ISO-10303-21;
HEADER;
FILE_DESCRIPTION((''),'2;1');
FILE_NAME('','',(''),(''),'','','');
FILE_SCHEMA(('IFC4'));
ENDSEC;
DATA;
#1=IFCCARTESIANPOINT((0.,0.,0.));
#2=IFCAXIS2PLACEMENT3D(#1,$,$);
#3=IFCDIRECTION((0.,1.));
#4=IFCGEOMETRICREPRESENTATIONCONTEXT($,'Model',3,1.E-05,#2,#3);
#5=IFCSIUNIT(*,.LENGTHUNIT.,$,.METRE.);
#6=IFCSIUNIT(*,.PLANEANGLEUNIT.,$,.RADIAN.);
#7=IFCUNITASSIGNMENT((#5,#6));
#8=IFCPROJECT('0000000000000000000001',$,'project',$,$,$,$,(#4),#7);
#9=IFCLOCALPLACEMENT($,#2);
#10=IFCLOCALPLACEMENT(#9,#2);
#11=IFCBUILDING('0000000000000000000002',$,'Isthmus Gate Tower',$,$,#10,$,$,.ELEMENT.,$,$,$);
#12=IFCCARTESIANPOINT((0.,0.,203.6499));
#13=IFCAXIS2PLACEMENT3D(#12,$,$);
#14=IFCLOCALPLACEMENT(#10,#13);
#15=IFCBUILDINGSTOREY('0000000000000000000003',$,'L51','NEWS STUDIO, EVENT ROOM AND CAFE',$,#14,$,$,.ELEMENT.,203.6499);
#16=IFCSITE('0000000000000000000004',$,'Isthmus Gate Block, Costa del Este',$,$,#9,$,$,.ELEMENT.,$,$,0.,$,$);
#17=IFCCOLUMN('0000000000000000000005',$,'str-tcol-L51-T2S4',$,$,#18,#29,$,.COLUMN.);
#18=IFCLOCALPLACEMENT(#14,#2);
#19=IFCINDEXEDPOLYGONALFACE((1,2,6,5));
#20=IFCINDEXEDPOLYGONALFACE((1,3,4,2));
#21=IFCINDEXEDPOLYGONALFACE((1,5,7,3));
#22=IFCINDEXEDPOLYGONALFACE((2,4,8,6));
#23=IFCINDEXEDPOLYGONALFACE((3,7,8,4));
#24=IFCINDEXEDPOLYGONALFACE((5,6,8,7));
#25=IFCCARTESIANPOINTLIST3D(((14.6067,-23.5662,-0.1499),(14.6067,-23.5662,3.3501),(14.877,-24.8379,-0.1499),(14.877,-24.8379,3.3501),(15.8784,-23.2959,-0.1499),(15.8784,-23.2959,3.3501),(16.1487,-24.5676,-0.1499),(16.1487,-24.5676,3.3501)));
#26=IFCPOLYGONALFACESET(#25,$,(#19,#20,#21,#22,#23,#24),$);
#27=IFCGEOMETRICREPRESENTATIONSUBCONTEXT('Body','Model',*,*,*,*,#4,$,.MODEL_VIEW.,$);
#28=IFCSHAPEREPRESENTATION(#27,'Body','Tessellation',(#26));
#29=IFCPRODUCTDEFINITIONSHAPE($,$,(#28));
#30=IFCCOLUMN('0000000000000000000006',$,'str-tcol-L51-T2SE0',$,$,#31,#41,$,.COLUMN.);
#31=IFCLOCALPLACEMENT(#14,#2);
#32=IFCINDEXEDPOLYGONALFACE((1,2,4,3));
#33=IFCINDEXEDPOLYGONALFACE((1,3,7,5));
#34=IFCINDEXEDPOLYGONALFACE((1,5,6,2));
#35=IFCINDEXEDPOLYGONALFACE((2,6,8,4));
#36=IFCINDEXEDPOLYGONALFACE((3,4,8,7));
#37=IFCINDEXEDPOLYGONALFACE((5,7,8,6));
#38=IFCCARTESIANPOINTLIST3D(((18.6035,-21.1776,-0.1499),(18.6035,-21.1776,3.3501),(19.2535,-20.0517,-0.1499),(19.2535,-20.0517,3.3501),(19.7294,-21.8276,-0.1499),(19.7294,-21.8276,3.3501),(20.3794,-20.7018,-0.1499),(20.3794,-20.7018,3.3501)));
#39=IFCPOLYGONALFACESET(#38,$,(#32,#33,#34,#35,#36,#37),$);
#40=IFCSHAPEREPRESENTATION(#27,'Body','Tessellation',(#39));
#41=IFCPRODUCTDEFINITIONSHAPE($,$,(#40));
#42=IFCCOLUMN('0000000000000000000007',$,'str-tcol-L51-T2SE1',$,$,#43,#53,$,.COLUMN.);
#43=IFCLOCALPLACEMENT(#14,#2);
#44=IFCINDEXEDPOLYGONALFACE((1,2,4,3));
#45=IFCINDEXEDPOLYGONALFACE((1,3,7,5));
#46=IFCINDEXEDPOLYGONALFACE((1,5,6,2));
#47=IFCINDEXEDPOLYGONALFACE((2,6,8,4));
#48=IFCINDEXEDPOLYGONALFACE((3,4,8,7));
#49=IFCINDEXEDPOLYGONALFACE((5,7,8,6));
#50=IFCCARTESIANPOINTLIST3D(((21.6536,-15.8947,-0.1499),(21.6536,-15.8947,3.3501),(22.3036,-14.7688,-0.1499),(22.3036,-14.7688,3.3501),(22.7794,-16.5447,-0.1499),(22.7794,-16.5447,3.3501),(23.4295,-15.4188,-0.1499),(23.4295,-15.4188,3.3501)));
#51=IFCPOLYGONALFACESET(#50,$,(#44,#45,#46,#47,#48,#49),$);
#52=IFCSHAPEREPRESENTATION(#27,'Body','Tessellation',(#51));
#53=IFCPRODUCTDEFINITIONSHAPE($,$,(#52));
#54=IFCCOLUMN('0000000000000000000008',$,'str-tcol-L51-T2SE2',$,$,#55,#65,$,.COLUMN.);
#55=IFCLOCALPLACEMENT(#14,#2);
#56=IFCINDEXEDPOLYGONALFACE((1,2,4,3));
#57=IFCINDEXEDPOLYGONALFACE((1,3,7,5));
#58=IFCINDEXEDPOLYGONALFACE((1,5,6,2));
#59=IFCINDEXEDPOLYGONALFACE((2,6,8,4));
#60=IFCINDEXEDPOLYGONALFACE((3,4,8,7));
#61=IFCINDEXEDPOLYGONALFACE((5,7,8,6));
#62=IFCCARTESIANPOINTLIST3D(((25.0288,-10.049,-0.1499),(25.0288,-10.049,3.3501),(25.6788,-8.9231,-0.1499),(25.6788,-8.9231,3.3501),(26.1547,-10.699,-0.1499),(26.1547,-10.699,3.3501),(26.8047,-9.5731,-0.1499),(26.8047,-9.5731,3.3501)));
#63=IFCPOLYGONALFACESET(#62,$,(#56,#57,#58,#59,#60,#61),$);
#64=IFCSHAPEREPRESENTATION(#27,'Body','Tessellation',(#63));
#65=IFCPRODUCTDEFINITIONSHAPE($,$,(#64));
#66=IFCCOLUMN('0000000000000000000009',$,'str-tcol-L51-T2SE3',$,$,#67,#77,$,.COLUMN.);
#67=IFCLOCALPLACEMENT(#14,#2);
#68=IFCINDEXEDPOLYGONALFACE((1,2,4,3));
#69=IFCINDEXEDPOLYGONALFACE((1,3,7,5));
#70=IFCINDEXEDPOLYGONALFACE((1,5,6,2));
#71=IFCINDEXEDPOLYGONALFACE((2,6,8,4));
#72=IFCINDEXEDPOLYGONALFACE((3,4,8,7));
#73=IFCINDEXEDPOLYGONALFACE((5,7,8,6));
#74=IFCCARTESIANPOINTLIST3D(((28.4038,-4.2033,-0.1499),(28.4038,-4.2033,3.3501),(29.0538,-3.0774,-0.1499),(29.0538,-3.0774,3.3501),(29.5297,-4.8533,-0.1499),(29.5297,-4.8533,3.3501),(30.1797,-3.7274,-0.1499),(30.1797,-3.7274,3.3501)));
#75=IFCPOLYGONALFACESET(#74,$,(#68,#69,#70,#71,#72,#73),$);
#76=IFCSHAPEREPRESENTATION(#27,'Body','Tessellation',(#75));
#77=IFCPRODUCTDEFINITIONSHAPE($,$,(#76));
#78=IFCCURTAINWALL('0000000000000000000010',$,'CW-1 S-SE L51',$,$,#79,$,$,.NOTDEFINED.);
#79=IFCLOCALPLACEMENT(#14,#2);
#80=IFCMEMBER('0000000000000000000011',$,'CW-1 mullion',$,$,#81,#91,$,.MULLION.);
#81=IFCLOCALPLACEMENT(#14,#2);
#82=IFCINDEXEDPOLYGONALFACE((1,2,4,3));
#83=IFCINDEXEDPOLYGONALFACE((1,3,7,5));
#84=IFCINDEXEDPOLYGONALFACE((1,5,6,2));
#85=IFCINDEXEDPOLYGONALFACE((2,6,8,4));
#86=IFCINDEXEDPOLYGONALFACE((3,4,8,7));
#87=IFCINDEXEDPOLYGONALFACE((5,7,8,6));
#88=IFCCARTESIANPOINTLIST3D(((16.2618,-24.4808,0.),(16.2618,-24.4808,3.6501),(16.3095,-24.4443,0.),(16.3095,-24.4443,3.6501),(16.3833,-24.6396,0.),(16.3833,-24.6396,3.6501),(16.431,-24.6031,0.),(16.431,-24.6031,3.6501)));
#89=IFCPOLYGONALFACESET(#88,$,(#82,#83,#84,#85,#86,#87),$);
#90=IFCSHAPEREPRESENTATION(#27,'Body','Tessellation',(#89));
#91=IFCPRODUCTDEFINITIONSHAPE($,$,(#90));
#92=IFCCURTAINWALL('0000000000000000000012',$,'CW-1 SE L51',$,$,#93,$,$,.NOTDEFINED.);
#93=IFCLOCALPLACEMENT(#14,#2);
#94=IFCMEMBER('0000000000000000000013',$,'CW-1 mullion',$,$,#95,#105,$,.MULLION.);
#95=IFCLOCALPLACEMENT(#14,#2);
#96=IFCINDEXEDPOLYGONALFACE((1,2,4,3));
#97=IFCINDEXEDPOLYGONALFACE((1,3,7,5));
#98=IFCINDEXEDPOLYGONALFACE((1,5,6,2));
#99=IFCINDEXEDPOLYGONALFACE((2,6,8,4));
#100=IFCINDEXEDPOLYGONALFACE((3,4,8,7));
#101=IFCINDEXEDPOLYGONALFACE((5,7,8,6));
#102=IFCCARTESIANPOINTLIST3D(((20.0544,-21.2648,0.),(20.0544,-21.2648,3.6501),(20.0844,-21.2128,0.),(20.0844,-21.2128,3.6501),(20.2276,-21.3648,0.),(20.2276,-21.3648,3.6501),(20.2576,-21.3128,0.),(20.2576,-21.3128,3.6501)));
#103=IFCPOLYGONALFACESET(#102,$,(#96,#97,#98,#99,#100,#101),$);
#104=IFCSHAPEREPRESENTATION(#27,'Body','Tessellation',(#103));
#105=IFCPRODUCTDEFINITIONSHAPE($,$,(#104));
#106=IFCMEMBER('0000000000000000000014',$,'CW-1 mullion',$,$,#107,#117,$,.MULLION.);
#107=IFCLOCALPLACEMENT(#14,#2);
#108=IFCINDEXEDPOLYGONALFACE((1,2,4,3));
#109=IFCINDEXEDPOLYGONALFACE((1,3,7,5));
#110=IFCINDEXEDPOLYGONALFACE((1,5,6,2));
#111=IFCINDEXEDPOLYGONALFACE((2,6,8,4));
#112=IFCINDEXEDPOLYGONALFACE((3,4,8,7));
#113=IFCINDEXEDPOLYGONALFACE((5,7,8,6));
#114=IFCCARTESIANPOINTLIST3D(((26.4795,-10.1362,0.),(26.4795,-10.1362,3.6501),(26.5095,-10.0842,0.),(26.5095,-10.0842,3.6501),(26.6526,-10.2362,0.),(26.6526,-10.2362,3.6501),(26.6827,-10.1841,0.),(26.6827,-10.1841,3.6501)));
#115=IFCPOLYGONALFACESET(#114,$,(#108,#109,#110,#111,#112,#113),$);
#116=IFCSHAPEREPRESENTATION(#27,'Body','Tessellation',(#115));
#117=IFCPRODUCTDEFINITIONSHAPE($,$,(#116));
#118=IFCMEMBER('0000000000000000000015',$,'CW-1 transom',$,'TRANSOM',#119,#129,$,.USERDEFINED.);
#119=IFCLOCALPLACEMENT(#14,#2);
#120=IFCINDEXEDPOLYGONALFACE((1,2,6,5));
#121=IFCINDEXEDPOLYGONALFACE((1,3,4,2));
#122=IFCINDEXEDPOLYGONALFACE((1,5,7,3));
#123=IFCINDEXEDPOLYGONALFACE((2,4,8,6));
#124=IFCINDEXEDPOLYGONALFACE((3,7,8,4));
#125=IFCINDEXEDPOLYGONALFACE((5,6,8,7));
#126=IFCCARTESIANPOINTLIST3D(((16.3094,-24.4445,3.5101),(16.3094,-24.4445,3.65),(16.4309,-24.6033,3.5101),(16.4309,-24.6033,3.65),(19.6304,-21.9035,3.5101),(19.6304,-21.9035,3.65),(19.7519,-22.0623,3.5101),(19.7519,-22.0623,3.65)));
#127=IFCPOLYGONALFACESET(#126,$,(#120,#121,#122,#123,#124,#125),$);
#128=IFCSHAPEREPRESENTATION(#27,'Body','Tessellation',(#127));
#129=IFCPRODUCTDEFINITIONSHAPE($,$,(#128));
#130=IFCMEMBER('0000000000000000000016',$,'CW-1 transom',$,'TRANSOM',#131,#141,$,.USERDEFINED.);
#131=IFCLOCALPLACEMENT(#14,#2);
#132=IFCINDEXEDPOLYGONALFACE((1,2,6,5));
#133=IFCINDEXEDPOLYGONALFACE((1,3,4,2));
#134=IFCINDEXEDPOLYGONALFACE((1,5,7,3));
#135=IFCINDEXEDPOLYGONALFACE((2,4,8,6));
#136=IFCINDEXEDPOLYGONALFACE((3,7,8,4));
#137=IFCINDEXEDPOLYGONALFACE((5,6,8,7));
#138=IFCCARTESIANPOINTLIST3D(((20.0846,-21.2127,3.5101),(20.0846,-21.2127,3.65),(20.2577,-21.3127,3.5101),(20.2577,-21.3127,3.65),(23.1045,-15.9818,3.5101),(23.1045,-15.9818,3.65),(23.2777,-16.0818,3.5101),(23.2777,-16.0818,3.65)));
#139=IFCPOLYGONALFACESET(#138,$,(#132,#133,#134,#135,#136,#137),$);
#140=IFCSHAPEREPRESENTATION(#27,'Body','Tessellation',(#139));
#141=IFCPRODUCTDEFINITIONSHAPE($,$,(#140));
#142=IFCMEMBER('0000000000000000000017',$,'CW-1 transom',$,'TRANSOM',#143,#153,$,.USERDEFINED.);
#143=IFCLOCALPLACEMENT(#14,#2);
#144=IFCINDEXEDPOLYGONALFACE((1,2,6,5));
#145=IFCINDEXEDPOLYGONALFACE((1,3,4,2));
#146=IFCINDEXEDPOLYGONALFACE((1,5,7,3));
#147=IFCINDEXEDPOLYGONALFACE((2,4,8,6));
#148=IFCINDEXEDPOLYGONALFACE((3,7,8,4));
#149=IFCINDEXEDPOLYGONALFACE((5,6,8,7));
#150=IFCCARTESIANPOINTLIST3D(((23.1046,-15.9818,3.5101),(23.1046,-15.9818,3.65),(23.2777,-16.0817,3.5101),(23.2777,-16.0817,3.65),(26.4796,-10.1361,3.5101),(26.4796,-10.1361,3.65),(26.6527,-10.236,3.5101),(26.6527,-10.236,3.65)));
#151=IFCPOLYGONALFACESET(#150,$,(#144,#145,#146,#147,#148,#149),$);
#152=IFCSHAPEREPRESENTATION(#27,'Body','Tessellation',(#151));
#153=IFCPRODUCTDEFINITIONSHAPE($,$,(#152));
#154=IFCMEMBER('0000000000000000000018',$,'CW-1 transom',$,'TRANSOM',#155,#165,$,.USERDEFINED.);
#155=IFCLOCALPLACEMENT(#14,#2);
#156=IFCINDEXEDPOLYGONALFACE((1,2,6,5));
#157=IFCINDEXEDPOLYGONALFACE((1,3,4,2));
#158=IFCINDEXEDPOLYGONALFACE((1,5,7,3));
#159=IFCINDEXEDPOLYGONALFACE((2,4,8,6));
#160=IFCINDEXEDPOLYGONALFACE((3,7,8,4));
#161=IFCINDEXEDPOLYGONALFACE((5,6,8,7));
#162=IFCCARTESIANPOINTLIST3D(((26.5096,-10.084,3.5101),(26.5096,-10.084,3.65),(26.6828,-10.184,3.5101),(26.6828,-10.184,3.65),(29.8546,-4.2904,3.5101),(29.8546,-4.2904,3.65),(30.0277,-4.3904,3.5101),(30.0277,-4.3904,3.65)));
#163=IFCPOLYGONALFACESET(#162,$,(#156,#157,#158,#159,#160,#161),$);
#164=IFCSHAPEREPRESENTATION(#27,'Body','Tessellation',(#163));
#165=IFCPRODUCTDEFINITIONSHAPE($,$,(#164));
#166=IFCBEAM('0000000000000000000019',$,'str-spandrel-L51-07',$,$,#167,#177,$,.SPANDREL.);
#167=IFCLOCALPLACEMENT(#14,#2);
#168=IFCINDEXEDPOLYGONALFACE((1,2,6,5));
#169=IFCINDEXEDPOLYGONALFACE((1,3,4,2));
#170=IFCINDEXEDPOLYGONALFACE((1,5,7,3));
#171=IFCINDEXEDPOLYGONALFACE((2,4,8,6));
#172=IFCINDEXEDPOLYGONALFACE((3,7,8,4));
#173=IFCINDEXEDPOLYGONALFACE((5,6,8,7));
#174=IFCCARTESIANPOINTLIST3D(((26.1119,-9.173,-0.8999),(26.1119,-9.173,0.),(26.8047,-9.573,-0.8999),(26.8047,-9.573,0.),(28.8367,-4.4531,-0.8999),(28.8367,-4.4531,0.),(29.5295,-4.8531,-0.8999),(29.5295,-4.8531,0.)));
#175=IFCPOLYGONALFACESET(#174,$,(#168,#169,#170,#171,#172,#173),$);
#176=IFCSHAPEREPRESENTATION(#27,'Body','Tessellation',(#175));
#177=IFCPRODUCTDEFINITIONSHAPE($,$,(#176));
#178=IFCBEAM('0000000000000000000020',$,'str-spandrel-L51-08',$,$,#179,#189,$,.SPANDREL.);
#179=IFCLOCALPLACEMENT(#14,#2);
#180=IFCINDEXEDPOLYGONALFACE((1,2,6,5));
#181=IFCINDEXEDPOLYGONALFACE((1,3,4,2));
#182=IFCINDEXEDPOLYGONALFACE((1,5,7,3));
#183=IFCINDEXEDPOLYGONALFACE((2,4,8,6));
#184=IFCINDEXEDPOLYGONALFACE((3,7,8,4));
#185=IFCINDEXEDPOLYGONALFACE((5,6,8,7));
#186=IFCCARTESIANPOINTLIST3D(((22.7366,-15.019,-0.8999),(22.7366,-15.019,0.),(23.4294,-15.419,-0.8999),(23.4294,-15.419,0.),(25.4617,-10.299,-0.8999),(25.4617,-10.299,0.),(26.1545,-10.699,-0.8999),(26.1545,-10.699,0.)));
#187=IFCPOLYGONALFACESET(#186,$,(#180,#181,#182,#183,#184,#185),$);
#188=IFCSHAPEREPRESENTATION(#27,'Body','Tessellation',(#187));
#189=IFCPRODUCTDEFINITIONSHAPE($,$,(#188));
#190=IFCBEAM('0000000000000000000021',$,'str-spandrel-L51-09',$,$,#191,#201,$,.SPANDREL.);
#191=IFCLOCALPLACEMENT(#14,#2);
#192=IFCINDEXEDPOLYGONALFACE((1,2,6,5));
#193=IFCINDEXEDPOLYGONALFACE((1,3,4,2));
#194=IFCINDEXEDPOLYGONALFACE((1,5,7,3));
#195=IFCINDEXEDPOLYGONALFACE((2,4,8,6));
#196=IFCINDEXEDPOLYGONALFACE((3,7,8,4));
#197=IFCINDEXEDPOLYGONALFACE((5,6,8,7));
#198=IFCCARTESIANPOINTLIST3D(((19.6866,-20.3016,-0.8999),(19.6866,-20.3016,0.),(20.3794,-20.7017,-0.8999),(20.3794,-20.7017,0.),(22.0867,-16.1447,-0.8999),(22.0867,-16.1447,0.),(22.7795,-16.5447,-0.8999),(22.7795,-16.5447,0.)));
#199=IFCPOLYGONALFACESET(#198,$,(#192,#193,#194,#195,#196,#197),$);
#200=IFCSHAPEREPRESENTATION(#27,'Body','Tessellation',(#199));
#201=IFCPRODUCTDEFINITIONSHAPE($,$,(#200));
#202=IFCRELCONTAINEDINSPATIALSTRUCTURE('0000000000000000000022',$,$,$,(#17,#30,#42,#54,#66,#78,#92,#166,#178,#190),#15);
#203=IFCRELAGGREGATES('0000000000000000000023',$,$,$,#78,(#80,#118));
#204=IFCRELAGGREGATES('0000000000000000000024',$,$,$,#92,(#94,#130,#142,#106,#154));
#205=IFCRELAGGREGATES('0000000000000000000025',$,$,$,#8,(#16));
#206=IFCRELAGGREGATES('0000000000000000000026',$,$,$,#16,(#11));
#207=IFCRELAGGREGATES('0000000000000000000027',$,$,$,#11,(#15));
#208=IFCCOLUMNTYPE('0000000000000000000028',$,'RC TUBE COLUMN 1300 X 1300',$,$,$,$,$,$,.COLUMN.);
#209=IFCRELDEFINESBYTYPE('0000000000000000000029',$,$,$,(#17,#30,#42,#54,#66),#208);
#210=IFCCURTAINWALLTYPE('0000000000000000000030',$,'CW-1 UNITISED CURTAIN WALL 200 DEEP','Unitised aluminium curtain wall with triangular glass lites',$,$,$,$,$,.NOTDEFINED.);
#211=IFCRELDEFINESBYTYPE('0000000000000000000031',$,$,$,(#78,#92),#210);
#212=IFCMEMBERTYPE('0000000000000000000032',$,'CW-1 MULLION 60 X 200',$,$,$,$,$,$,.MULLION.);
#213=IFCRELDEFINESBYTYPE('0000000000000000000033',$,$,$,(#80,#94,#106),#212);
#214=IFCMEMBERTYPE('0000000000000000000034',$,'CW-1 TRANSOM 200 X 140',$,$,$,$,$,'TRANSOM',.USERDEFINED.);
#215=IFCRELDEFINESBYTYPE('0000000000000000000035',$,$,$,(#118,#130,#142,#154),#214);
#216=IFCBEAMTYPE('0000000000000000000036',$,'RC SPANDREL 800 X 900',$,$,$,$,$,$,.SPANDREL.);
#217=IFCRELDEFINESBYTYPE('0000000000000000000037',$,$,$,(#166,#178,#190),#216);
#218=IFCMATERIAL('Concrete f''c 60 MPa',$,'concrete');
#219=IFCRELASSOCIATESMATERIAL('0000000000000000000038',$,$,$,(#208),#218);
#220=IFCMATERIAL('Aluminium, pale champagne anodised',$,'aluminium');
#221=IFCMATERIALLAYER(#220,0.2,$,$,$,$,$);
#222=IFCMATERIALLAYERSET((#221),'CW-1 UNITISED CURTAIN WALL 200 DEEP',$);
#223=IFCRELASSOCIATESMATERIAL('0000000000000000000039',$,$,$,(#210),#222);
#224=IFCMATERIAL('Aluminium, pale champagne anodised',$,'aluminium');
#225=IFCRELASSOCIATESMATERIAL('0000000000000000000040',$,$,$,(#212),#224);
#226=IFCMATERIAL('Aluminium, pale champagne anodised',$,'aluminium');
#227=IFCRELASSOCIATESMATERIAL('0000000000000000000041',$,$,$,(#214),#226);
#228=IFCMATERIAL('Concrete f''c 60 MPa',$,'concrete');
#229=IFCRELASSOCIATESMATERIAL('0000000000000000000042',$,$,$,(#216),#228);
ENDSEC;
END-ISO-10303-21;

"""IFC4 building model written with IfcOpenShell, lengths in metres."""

from ifc_helpers import new_model, si_unit, direction, frame, origin, origin_2d, place, context, subcontext, project, spatial, rectangle, extrude, material, layer, layer_set, material_profile, profile_set, type_object, element, aggregate, save


model = new_model("IFC4")

# Units and contexts
model_context = context("Model", 3, precision=1e-05, world=origin(), true_north=direction((0.0, 1.0)))
body_context = subcontext(model_context, "Body", "Model", "MODEL_VIEW")
ifc_project = project(units=[si_unit("LENGTHUNIT", "METRE"), si_unit("PLANEANGLEUNIT", "RADIAN")], contexts=[model_context])

# Site, building, storey
site_placement = place(None, origin())
site = spatial("IfcSite", under=ifc_project, at=site_placement, Name="Isthmus Gate Block, Costa del Este", CompositionType="ELEMENT", RefElevation=0.0)
building_placement = place(site_placement, origin())
building = spatial("IfcBuilding", under=site, at=building_placement, Name="Isthmus Gate Tower", CompositionType="ELEMENT")
storey_placement = place(building_placement, frame((0.0, 0.0, 203.6499)))
storey = spatial("IfcBuildingStorey", under=building, at=storey_placement, Name="L51", Description="NEWS STUDIO, EVENT ROOM AND CAFE", CompositionType="ELEMENT", Elevation=203.6499)

# Columns
ifc_material_1 = material(Name="Concrete f'c 60 MPa", Category="concrete")
ifc_material_profile_1 = material_profile(ifc_material_1, rectangle(XDim=1.3, YDim=1.3, at=origin_2d()), Name="RC 1300X1300")
ifc_profile_set_1 = profile_set([ifc_material_profile_1], Name="Concrete f'c 60 MPa")
column_type = type_object("IfcColumnType", Name="RC TUBE COLUMN 1300 X 1300", PredefinedType="COLUMN", material=ifc_profile_set_1)
for number, where, z_axis, x_axis, name in (
    (1, (15.3777, -24.0669, -0.1499), (0.0, 0.0, 1.0), (0.978148, 0.207912, 0.0), "str-tcol-L51-T2S4"),
    (2, (19.4915, -20.9397, -0.1499), (0.0, 0.0, 1.0), (0.5, 0.866025, 0.0), "str-tcol-L51-T2SE0"),
    (3, (22.5415, -15.6567, -0.1499), (0.0, 0.0, 1.0), (0.5, 0.866025, 0.0), "str-tcol-L51-T2SE1"),
    (4, (25.9167, -9.811, -0.1499), (0.0, 0.0, 1.0), (0.5, 0.866025, 0.0), "str-tcol-L51-T2SE2"),
    (5, (29.2917, -3.9653, -0.1499), (0.0, 0.0, 1.0), (0.5, 0.866025, 0.0), "str-tcol-L51-T2SE3"),
):
    element("IfcColumn", number, at=place(storey_placement, frame(where, z_axis=z_axis, x_axis=x_axis)), inside=storey, type_object=column_type, Name=name, PredefinedType="COLUMN", context=body_context, shape_type="SweptSolid", body=[
        extrude(rectangle(XDim=1.3, YDim=1.3, at=origin_2d()), origin(), (0.0, 0.0, 1.0), 3.5),
    ])

# Curtain wall, member
ifc_material_2 = material(Name="Aluminium, pale champagne anodised", Category="aluminium")
ifc_layer_1 = layer(ifc_material_2, 0.2)
ifc_layer_set_1 = layer_set([ifc_layer_1], Name="CW-1 UNITISED CURTAIN WALL 200 DEEP")
curtain_wall_type = type_object("IfcCurtainWallType", Name="CW-1 UNITISED CURTAIN WALL 200 DEEP", Description="Unitised aluminium curtain wall with triangular glass lites", PredefinedType="NOTDEFINED", material=ifc_layer_set_1)
curtain_wall_1_placement = place(storey_placement, origin())
curtain_wall_1 = element("IfcCurtainWall", 6, at=curtain_wall_1_placement, inside=storey, type_object=curtain_wall_type, Name="CW-1 S-SE L51", PredefinedType="NOTDEFINED")
ifc_material_3 = material(Name="Aluminium, pale champagne anodised", Category="aluminium")
ifc_material_profile_2 = material_profile(ifc_material_3, rectangle(XDim=0.0601, YDim=0.2, at=origin_2d()), Name="60x200")
ifc_profile_set_2 = profile_set([ifc_material_profile_2], Name="Aluminium, pale champagne anodised")
member_type_1 = type_object("IfcMemberType", Name="CW-1 MULLION 60 X 200", PredefinedType="MULLION", material=ifc_profile_set_2)
member_1_placement = place(storey_placement, frame((16.3464, -24.542, 0.0), z_axis=(0.0, 0.0, 1.0), x_axis=(0.794189, 0.607671, 0.0)))
member_1 = element("IfcMember", 7, at=member_1_placement, type_object=member_type_1, Name="CW-1 mullion", PredefinedType="MULLION", context=body_context, shape_type="SweptSolid", body=[
    extrude(rectangle(XDim=0.0601, YDim=0.2, at=origin_2d()), origin(), (0.0, 0.0, 1.0), 3.6501),
])

# Curtain wall, members
curtain_wall_2_placement = place(storey_placement, origin())
curtain_wall_2 = element("IfcCurtainWall", 8, at=curtain_wall_2_placement, inside=storey, type_object=curtain_wall_type, Name="CW-1 SE L51", PredefinedType="NOTDEFINED")
member_2_placement = place(storey_placement, frame((20.156, -21.2888, 0.0), z_axis=(0.0, 0.0, 1.0), x_axis=(0.5, 0.866025, 0.0)))
member_2 = element("IfcMember", 9, at=member_2_placement, type_object=member_type_1, Name="CW-1 mullion", PredefinedType="MULLION", context=body_context, shape_type="SweptSolid", body=[
    extrude(rectangle(XDim=0.0601, YDim=0.2, at=origin_2d()), origin(), (0.0, 0.0, 1.0), 3.6501),
])
member_3_placement = place(storey_placement, frame((26.5811, -10.1602, 0.0), z_axis=(0.0, 0.0, 1.0), x_axis=(0.5, 0.866025, 0.0)))
member_3 = element("IfcMember", 10, at=member_3_placement, type_object=member_type_1, Name="CW-1 mullion", PredefinedType="MULLION", context=body_context, shape_type="SweptSolid", body=[
    extrude(rectangle(XDim=0.0601, YDim=0.2, at=origin_2d()), origin(), (0.0, 0.0, 1.0), 3.6501),
])

# Members
ifc_material_4 = material(Name="Aluminium, pale champagne anodised", Category="aluminium")
ifc_material_profile_3 = material_profile(ifc_material_4, rectangle(XDim=0.2, YDim=0.1399, at=origin_2d()), Name="200x140")
ifc_profile_set_3 = profile_set([ifc_material_profile_3], Name="Aluminium, pale champagne anodised")
member_type_2 = type_object("IfcMemberType", Name="CW-1 TRANSOM 200 X 140", ElementType="TRANSOM", PredefinedType="USERDEFINED", material=ifc_profile_set_3)
member_4_placement = place(storey_placement, frame((16.3701, -24.5239, 3.5801), z_axis=(0.794197, 0.60766, 0.0), x_axis=(-0.60766, 0.794197, 0.0)))
member_4 = element("IfcMember", 11, at=member_4_placement, type_object=member_type_2, Name="CW-1 transom", ObjectType="TRANSOM", PredefinedType="USERDEFINED", context=body_context, shape_type="SweptSolid", body=[
    extrude(rectangle(XDim=0.2, YDim=0.1399, at=origin_2d()), origin(), (0.0, 0.0, 1.0), 4.1816),
])
member_5_placement = place(storey_placement, frame((20.1711, -21.2627, 3.5801), z_axis=(0.499991, 0.866031, 0.0), x_axis=(-0.866031, 0.499991, 0.0)))
member_5 = element("IfcMember", 12, at=member_5_placement, type_object=member_type_2, Name="CW-1 transom", ObjectType="TRANSOM", PredefinedType="USERDEFINED", context=body_context, shape_type="SweptSolid", body=[
    extrude(rectangle(XDim=0.2, YDim=0.1399, at=origin_2d()), origin(), (0.0, 0.0, 1.0), 6.04),
])
member_6_placement = place(storey_placement, frame((23.1912, -16.0317, 3.5801), z_axis=(0.499998, 0.866027, 0.0), x_axis=(-0.866027, 0.499998, 0.0)))
member_6 = element("IfcMember", 13, at=member_6_placement, type_object=member_type_2, Name="CW-1 transom", ObjectType="TRANSOM", PredefinedType="USERDEFINED", context=body_context, shape_type="SweptSolid", body=[
    extrude(rectangle(XDim=0.2, YDim=0.1399, at=origin_2d()), origin(), (0.0, 0.0, 1.0), 6.75),
])
member_7_placement = place(storey_placement, frame((26.5962, -10.134, 3.5801), z_axis=(0.499997, 0.866027, 0.0), x_axis=(-0.866027, 0.499997, 0.0)))
member_7 = element("IfcMember", 14, at=member_7_placement, type_object=member_type_2, Name="CW-1 transom", ObjectType="TRANSOM", PredefinedType="USERDEFINED", context=body_context, shape_type="SweptSolid", body=[
    extrude(rectangle(XDim=0.2, YDim=0.1399, at=origin_2d()), origin(), (0.0, 0.0, 1.0), 6.6899),
])

# Beams
ifc_material_5 = material(Name="Concrete f'c 60 MPa", Category="concrete")
ifc_material_profile_4 = material_profile(ifc_material_5, rectangle(XDim=0.8, YDim=0.8999, at=origin_2d()), Name="RC 800X900")
ifc_profile_set_4 = profile_set([ifc_material_profile_4], Name="Concrete f'c 60 MPa")
beam_type_1 = type_object("IfcBeamType", Name="RC SPANDREL 800 X 900", PredefinedType="SPANDREL", material=ifc_profile_set_4)
beam_1_placement = place(storey_placement, frame((29.1831, -4.6531, -0.45), z_axis=(-0.499969, -0.866043, 0.0), x_axis=(0.866043, -0.499969, 0.0)))
element("IfcBeam", 15, at=beam_1_placement, inside=storey, type_object=beam_type_1, Name="str-spandrel-L51-07", PredefinedType="SPANDREL", context=body_context, shape_type="SweptSolid", body=[
    extrude(rectangle(XDim=0.8, YDim=0.8999, at=origin_2d()), origin(), (0.0, 0.0, 1.0), 5.45),
])
beam_2_placement = place(storey_placement, frame((25.8081, -10.499, -0.45), z_axis=(-0.500003, -0.866024, 0.0), x_axis=(0.866024, -0.500003, 0.0)))
element("IfcBeam", 16, at=beam_2_placement, inside=storey, type_object=beam_type_1, Name="str-spandrel-L51-08", PredefinedType="SPANDREL", context=body_context, shape_type="SweptSolid", body=[
    extrude(rectangle(XDim=0.8, YDim=0.8999, at=origin_2d()), origin(), (0.0, 0.0, 1.0), 5.4502),
])
beam_3_placement = place(storey_placement, frame((22.4331, -16.3447, -0.45), z_axis=(-0.500017, -0.866015, 0.0), x_axis=(0.866015, -0.500017, 0.0)))
element("IfcBeam", 17, at=beam_3_placement, inside=storey, type_object=beam_type_1, Name="str-spandrel-L51-09", PredefinedType="SPANDREL", context=body_context, shape_type="SweptSolid", body=[
    extrude(rectangle(XDim=0.8, YDim=0.8999, at=origin_2d()), origin(), (0.0, 0.0, 1.0), 4.8),
])

aggregate(curtain_wall_1, [member_1, member_4])
aggregate(curtain_wall_2, [member_2, member_5, member_6, member_3, member_7])

save(model, "model.ifc")
